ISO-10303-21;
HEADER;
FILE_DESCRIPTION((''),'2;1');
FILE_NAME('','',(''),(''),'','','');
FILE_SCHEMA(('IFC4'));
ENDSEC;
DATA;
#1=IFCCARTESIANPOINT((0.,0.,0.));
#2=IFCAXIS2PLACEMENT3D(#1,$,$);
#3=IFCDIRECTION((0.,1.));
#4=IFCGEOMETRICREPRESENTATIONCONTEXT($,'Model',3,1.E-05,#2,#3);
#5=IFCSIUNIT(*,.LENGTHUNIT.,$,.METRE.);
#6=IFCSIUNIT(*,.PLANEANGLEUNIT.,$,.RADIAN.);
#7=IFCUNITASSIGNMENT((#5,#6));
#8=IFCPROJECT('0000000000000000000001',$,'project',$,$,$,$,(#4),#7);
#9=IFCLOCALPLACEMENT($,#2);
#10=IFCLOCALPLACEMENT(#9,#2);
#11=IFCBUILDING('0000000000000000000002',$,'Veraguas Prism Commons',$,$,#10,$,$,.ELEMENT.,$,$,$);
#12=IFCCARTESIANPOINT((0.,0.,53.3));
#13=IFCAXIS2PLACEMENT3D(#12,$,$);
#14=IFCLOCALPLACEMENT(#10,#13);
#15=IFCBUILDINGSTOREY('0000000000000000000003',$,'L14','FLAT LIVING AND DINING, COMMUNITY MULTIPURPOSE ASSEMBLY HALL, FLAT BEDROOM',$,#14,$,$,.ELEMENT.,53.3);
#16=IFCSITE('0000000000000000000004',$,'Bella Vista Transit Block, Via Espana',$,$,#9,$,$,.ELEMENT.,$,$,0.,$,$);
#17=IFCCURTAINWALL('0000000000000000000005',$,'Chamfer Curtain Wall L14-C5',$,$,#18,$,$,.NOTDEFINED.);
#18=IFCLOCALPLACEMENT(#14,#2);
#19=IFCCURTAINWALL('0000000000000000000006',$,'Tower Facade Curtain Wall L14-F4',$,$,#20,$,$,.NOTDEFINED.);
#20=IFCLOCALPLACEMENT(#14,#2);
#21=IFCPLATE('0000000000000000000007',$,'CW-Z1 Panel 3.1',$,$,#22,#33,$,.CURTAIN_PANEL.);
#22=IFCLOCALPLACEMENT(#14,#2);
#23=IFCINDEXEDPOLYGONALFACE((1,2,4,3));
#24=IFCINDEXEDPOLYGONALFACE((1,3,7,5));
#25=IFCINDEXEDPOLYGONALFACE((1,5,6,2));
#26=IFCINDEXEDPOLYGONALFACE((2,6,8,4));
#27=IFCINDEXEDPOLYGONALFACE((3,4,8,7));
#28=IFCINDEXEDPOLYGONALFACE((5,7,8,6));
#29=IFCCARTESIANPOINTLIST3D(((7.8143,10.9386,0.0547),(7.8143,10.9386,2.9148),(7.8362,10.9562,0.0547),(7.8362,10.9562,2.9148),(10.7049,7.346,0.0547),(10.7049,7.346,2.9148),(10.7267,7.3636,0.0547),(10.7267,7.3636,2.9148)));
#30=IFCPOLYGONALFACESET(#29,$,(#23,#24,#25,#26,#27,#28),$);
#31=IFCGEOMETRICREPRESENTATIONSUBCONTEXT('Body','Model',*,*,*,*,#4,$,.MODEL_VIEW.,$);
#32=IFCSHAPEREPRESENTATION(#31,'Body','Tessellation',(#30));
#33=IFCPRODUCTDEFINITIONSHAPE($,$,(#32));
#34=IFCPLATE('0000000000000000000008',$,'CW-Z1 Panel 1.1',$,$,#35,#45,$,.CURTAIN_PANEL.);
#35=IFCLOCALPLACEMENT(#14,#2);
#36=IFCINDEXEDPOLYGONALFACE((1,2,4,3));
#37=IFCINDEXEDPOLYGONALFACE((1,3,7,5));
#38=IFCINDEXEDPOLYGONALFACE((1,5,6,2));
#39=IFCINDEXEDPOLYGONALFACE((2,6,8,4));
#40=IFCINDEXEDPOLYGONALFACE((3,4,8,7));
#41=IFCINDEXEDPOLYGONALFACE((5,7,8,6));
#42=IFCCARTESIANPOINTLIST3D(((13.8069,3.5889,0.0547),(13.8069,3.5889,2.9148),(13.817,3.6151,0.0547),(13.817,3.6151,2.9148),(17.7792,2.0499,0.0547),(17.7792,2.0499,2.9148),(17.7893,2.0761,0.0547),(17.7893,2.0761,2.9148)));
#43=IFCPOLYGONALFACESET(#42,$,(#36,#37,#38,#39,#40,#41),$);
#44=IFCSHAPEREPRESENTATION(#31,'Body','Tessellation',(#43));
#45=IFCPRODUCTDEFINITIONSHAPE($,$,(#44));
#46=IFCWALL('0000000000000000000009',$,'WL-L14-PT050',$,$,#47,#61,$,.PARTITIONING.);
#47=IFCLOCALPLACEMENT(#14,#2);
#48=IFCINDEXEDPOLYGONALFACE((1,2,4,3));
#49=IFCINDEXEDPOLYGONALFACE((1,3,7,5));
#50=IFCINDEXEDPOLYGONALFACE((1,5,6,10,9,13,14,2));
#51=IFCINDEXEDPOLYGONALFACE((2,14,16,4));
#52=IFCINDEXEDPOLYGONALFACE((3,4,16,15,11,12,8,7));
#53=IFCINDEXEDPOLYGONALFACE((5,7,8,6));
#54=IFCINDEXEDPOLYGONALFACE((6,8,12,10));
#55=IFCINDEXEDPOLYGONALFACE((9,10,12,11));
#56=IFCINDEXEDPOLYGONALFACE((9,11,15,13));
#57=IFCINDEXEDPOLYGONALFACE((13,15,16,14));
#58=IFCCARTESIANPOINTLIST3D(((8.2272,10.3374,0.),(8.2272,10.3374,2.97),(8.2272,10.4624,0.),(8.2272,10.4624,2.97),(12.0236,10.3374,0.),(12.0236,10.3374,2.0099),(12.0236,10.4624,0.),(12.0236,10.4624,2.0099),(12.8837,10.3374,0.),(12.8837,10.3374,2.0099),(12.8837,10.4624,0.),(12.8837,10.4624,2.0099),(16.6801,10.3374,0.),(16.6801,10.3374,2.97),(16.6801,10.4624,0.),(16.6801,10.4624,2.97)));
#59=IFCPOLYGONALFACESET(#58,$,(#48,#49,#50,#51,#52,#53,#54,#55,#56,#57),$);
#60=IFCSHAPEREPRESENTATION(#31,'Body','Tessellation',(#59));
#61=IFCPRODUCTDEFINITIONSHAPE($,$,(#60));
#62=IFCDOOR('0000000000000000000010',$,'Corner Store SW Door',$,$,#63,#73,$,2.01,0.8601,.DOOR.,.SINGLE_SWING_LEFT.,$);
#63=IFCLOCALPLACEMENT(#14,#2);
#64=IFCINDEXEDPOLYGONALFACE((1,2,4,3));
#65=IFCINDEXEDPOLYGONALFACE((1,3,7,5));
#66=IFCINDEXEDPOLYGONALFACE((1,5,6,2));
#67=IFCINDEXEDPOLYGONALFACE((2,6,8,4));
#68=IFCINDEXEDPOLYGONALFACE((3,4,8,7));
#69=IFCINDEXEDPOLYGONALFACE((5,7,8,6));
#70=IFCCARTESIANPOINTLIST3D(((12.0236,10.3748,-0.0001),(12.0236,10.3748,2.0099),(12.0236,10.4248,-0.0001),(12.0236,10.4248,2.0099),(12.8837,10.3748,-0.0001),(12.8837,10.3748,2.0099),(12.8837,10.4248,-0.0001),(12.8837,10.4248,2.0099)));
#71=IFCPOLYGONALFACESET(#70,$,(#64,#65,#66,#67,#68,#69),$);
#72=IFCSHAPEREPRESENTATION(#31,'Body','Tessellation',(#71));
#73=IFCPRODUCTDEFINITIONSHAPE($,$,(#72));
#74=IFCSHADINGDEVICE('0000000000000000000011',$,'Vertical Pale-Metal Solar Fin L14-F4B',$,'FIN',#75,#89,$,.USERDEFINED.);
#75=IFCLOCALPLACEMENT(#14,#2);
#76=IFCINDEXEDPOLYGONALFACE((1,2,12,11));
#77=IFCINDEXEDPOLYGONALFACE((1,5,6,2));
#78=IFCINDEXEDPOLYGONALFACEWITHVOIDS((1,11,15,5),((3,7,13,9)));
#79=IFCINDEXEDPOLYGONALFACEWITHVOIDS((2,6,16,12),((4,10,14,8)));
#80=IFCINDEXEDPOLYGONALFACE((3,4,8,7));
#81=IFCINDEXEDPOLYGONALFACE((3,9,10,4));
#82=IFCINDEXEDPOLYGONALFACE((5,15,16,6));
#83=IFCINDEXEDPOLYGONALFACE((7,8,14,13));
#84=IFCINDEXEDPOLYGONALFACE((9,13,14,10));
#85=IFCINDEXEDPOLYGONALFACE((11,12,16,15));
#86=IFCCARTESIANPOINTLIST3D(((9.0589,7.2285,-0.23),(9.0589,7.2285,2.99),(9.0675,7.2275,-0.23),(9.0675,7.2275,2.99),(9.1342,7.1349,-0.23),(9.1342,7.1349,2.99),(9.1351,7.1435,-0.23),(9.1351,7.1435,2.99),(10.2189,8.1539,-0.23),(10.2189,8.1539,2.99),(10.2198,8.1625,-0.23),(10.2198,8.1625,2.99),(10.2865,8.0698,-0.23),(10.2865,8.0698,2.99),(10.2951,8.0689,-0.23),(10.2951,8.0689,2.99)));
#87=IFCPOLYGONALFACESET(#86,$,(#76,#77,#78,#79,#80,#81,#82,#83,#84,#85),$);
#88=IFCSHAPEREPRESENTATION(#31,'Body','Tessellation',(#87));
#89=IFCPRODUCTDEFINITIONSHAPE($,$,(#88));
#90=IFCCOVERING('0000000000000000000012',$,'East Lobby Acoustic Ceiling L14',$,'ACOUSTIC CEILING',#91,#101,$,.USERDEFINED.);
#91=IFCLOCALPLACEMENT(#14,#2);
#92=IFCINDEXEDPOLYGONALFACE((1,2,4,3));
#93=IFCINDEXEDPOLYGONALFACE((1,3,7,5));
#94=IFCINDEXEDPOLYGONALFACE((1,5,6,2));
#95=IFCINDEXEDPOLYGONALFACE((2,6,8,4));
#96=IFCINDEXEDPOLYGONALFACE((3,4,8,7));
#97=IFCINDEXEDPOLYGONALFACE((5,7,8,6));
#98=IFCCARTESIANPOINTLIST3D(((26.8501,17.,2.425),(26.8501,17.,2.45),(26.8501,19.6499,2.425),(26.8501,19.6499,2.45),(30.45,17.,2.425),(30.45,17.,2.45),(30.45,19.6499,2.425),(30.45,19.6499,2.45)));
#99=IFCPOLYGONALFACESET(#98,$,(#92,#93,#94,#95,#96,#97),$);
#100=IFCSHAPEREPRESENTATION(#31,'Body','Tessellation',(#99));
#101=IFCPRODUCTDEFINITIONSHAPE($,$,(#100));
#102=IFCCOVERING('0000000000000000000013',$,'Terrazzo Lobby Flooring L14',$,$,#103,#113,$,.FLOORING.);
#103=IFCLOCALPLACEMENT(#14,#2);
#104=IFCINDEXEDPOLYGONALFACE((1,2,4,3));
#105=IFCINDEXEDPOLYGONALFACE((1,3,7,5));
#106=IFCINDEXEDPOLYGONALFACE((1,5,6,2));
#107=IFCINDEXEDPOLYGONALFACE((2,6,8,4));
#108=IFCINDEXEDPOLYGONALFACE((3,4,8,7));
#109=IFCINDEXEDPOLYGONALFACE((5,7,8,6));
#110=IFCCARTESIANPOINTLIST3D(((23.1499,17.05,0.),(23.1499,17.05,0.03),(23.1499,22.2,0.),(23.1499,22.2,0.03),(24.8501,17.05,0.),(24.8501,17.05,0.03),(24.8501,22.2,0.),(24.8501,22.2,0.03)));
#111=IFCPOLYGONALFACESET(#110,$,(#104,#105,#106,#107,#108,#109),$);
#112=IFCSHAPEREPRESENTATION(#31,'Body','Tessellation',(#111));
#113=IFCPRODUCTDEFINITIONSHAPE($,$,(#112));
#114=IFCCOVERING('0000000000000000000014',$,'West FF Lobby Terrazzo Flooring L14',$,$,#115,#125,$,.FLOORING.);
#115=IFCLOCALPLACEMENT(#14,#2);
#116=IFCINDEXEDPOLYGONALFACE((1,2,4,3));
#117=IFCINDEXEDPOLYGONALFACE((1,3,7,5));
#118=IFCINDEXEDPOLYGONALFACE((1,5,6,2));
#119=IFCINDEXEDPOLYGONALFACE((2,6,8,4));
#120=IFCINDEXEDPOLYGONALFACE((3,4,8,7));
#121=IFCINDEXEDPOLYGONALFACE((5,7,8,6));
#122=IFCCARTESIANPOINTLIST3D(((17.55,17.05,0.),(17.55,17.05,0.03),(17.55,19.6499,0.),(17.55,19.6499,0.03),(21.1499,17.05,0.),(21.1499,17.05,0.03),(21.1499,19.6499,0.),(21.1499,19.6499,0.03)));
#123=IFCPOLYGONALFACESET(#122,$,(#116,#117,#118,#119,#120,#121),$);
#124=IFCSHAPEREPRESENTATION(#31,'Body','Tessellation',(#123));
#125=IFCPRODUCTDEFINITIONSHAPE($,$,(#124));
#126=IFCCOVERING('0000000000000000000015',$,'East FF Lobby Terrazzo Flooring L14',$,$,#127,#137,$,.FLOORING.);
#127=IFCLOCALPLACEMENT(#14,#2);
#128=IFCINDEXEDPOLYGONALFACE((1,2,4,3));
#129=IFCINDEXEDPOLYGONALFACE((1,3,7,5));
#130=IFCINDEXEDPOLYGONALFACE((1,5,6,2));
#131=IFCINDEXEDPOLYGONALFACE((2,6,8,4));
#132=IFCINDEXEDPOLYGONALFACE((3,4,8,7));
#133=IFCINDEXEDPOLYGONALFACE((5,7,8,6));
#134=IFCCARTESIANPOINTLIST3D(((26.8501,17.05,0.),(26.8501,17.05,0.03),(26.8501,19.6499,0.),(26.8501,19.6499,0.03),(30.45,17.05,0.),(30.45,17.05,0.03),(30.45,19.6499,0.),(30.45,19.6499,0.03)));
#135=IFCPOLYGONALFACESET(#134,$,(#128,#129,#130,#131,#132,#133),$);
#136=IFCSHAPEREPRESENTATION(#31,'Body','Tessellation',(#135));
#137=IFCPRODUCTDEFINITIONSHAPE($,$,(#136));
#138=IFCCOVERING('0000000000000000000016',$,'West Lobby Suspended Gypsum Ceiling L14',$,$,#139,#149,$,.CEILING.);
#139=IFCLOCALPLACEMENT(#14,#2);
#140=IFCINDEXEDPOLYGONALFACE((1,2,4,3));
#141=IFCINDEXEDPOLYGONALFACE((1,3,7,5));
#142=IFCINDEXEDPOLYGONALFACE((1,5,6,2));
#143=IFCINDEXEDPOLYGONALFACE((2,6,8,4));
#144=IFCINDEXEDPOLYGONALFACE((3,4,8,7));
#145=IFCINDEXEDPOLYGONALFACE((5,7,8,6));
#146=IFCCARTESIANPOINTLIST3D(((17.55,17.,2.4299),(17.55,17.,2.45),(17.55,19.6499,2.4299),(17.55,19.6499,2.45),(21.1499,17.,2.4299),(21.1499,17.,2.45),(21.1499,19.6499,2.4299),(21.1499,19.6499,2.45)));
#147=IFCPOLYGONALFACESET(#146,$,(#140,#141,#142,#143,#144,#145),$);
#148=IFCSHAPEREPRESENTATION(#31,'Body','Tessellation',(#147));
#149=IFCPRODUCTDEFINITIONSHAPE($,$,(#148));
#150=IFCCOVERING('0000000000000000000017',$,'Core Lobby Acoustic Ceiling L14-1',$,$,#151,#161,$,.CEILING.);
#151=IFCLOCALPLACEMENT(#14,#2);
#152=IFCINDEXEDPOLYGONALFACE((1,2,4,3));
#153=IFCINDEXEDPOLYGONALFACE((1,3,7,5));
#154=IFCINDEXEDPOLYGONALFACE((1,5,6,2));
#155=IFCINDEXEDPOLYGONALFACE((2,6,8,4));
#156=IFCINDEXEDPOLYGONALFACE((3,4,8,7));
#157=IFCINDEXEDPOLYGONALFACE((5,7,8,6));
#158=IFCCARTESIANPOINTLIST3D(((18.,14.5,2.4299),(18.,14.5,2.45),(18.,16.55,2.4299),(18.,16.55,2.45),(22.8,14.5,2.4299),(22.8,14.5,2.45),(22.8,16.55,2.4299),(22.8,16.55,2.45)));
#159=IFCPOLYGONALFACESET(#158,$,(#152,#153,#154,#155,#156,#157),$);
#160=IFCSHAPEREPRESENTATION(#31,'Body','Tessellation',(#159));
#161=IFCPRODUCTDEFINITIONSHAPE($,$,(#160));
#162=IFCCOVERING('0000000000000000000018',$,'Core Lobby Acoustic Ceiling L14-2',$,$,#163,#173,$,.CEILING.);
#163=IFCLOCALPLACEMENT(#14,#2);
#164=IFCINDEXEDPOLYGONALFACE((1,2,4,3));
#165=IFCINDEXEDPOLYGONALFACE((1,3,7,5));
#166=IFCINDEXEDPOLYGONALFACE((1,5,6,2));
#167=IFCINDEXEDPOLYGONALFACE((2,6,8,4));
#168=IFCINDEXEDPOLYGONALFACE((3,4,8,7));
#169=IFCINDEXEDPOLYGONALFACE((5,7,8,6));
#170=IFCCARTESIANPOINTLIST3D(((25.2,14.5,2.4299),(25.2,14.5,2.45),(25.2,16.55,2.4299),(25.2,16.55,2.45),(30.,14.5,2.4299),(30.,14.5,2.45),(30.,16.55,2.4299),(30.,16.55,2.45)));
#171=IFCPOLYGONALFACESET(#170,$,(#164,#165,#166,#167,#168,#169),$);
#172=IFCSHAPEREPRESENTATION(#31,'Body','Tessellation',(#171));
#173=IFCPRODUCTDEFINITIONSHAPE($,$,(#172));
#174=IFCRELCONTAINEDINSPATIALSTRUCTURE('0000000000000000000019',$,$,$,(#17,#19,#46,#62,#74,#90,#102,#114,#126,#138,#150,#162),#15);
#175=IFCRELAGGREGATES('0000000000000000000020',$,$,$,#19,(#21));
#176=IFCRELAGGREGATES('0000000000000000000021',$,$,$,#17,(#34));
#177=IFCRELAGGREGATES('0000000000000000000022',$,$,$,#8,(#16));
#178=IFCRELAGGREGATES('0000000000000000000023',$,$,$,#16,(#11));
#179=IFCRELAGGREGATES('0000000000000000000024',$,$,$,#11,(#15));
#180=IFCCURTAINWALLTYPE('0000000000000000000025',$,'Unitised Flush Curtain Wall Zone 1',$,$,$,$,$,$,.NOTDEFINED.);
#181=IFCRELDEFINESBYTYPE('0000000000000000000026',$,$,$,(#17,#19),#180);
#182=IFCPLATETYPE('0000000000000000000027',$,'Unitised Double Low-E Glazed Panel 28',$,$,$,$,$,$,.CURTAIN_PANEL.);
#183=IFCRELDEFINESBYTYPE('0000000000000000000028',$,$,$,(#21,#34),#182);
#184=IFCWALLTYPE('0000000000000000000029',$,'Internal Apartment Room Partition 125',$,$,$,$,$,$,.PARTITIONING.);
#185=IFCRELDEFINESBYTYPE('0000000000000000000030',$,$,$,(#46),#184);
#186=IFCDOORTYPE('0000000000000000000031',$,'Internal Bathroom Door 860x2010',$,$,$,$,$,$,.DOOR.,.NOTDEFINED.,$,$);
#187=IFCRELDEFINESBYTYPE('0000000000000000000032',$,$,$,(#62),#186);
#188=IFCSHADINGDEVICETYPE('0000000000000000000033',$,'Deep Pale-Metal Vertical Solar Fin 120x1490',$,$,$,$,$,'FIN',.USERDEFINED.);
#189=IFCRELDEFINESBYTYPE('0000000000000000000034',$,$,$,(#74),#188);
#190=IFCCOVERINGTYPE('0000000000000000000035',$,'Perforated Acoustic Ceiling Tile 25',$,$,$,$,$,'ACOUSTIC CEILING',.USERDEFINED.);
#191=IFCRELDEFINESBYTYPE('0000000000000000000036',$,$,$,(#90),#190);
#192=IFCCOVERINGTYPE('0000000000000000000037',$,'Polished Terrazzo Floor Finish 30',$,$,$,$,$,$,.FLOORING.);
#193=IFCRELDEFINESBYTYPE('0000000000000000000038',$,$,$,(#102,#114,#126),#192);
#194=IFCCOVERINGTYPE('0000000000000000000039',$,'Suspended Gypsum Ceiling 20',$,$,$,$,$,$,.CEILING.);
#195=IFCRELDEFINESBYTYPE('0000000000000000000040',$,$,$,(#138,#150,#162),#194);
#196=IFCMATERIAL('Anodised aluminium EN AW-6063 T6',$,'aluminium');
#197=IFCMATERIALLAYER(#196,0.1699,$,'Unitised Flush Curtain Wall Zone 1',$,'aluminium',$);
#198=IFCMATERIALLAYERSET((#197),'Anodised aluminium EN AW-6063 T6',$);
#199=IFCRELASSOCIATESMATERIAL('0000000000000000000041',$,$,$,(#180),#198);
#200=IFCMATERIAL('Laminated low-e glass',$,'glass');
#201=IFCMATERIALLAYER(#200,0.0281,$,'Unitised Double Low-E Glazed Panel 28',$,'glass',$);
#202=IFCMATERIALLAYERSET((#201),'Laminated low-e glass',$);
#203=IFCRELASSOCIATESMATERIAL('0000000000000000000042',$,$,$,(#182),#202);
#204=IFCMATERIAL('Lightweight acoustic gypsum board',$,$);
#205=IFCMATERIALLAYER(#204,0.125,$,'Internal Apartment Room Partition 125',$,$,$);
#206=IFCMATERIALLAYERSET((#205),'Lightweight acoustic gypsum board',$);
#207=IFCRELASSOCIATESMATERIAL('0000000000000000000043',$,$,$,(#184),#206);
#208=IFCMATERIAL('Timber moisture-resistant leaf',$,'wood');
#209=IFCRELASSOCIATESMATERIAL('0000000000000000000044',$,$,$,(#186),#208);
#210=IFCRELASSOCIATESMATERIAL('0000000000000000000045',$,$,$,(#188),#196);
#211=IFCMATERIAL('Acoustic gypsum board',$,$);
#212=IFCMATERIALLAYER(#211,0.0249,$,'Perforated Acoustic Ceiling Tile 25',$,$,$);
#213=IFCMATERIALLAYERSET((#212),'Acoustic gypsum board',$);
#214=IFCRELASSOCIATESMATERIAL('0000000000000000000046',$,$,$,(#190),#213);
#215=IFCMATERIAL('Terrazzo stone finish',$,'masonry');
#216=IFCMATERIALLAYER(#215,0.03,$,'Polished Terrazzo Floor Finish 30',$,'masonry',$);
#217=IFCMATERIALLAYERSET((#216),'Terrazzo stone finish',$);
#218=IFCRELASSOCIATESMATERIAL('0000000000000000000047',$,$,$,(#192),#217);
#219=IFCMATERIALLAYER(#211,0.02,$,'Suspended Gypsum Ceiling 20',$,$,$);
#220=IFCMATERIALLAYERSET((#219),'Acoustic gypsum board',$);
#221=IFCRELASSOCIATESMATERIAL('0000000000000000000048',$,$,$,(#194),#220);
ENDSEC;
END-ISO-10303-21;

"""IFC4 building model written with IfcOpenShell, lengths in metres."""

from ifc_helpers import new_model, si_unit, direction, frame, frame_2d, origin, origin_2d, place, context, subcontext, project, spatial, polyline, rectangle, hollow_rectangle, outline, extrude, source, transform, mapped, material, layer, layer_set, material_profile, profile_set, type_object, element, fill, aggregate, save


model = new_model("IFC4")

# Units and contexts
model_context = context("Model", 3, precision=1e-05, world=origin(), true_north=direction((0.0, 1.0)))
body_context = subcontext(model_context, "Body", "Model", "MODEL_VIEW")
ifc_project = project(units=[si_unit("LENGTHUNIT", "METRE"), si_unit("PLANEANGLEUNIT", "RADIAN")], contexts=[model_context])

# Site, building, storey
site_placement = place(None, origin())
site = spatial("IfcSite", under=ifc_project, at=site_placement, Name="Bella Vista Transit Block, Via Espana", CompositionType="ELEMENT", RefElevation=0.0)
building_placement = place(site_placement, origin())
building = spatial("IfcBuilding", under=site, at=building_placement, Name="Veraguas Prism Commons", CompositionType="ELEMENT")
storey_placement = place(building_placement, frame((0.0, 0.0, 53.3)))
storey = spatial("IfcBuildingStorey", under=building, at=storey_placement, Name="L14", Description="FLAT LIVING AND DINING, COMMUNITY MULTIPURPOSE ASSEMBLY HALL, FLAT BEDROOM", CompositionType="ELEMENT", Elevation=53.3)

# Curtain walls
ifc_material_1 = material(Name="Anodised aluminium EN AW-6063 T6", Category="aluminium")
ifc_layer_1 = layer(ifc_material_1, 0.1699, Name="Unitised Flush Curtain Wall Zone 1", Category="aluminium")
ifc_layer_set_1 = layer_set([ifc_layer_1], Name="Anodised aluminium EN AW-6063 T6")
curtain_wall_type = type_object("IfcCurtainWallType", Name="Unitised Flush Curtain Wall Zone 1", PredefinedType="NOTDEFINED", material=ifc_layer_set_1)
curtain_wall_1_placement = place(storey_placement, origin())
curtain_wall_1 = element("IfcCurtainWall", 1, at=curtain_wall_1_placement, inside=storey, type_object=curtain_wall_type, Name="Chamfer Curtain Wall L14-C5", PredefinedType="NOTDEFINED")
curtain_wall_2_placement = place(storey_placement, origin())
curtain_wall_2 = element("IfcCurtainWall", 2, at=curtain_wall_2_placement, inside=storey, type_object=curtain_wall_type, Name="Tower Facade Curtain Wall L14-F4", PredefinedType="NOTDEFINED")

# Plates
ifc_material_2 = material(Name="Laminated low-e glass", Category="glass")
ifc_layer_2 = layer(ifc_material_2, 0.0281, Name="Unitised Double Low-E Glazed Panel 28", Category="glass")
ifc_layer_set_2 = layer_set([ifc_layer_2], Name="Laminated low-e glass")
plate_type = type_object("IfcPlateType", Name="Unitised Double Low-E Glazed Panel 28", PredefinedType="CURTAIN_PANEL", material=ifc_layer_set_2)
shared_shape_1 = source(origin(), body_context, "Body", "SweptSolid", [
    extrude(rectangle(XDim=4.6111, YDim=0.0281, at=origin_2d()), origin(), (0.0, 0.0, 1.0), 2.8601),
])
plate_1_placement = place(storey_placement, frame((9.2705, 9.1511, 0.0547), z_axis=(0.0, 0.0, 1.0), x_axis=(0.626873, -0.779121, 0.0)))
plate_1 = element("IfcPlate", 3, at=plate_1_placement, type_object=plate_type, Name="CW-Z1 Panel 3.1", PredefinedType="CURTAIN_PANEL", context=body_context, shape_type="MappedRepresentation", body=[
    mapped(shared_shape_1, transform((0.0, 0.0, 0.0), scale=1.0)),
])
aggregate(curtain_wall_2, [plate_1])
shared_shape_2 = source(origin(), body_context, "Body", "SweptSolid", [
    extrude(rectangle(XDim=4.26, YDim=0.0281, at=origin_2d()), origin(), (0.0, 0.0, 1.0), 2.8601),
])
plate_2_placement = place(storey_placement, frame((15.7981, 2.8325, 0.0547), z_axis=(0.0, 0.0, 1.0), x_axis=(0.932459, -0.361276, 0.0)))
plate_2 = element("IfcPlate", 4, at=plate_2_placement, type_object=plate_type, Name="CW-Z1 Panel 1.1", PredefinedType="CURTAIN_PANEL", context=body_context, shape_type="MappedRepresentation", body=[
    mapped(shared_shape_2, transform((0.0, 0.0, 0.0), scale=1.0)),
])
aggregate(curtain_wall_1, [plate_2])

# Wall, opening, door
ifc_material_3 = material(Name="Lightweight acoustic gypsum board")
ifc_layer_3 = layer(ifc_material_3, 0.125, Name="Internal Apartment Room Partition 125")
ifc_layer_set_3 = layer_set([ifc_layer_3], Name="Lightweight acoustic gypsum board")
wall_type = type_object("IfcWallType", Name="Internal Apartment Room Partition 125", PredefinedType="PARTITIONING", material=ifc_layer_set_3)
wall_placement = place(storey_placement, frame((8.2271, 10.3999, 0.0), z_axis=(0.0, 0.0, 1.0), x_axis=(1.0, 0.0, 0.0)))
wall = element("IfcWall", 5, at=wall_placement, inside=storey, type_object=wall_type, Name="WL-L14-PT050", PredefinedType="PARTITIONING", context=body_context, shape_type="SweptSolid", body=[
    extrude(rectangle(XDim=8.4529, YDim=0.125, at=frame_2d((4.2266, 0.0))), origin(), (0.0, 0.0, 1.0), 2.97),
])
opening_placement = place(wall_placement, frame((3.7964, 0.0, 0.0)))
opening = element("IfcOpeningElement", 6, at=opening_placement, cuts=wall, PredefinedType="OPENING", context=body_context, shape_type="SweptSolid", body=[
    extrude(rectangle(XDim=0.8601, YDim=2.01, at=frame_2d((0.4302, 1.0049))), frame((0.0, 0.0725, 0.0), z_axis=(0.0, -1.0, 0.0), x_axis=(1.0, 0.0, 0.0)), (0.0, 0.0, 1.0), 0.145),
])
ifc_material_4 = material(Name="Timber moisture-resistant leaf", Category="wood")
door_type = type_object("IfcDoorType", Name="Internal Bathroom Door 860x2010", OperationType="NOTDEFINED", PredefinedType="DOOR", material=ifc_material_4)
shared_shape_3 = source(origin(), body_context, "Body", "SweptSolid", [
    extrude(rectangle(XDim=0.8601, YDim=2.01, at=frame_2d((0.4302, 1.0049))), frame((0.0, 0.0249, 0.0), z_axis=(0.0, -1.0, 0.0), x_axis=(1.0, 0.0, 0.0)), (0.0, 0.0, 1.0), 0.05),
])
door_placement = place(opening_placement, origin())
door = element("IfcDoor", 7, at=door_placement, inside=storey, type_object=door_type, Name="Corner Store SW Door", OperationType="SINGLE_SWING_LEFT", OverallHeight=2.01, OverallWidth=0.8601, PredefinedType="DOOR", context=body_context, shape_type="MappedRepresentation", body=[
    mapped(shared_shape_3, transform((0.0, 0.0, 0.0), scale=1.0)),
])
fill(opening, door)

# Shading device
ifc_material_profile_1 = material_profile(ifc_material_1, hollow_rectangle(XDim=0.1201, YDim=1.49, WallThickness=0.0061, at=origin_2d()), Name="FIN120X1490X6")
ifc_profile_set_1 = profile_set([ifc_material_profile_1], Name="Anodised aluminium EN AW-6063 T6")
shading_device_type = type_object("IfcShadingDeviceType", Name="Deep Pale-Metal Vertical Solar Fin 120x1490", ElementType="FIN", PredefinedType="USERDEFINED", material=ifc_profile_set_1)
shading_device_placement = place(storey_placement, frame((9.677, 7.6487, -0.23), z_axis=(0.0, 0.0, 1.0), x_axis=(0.626874, -0.77912, 0.0)))
element("IfcShadingDevice", 8, at=shading_device_placement, inside=storey, type_object=shading_device_type, Name="Vertical Pale-Metal Solar Fin L14-F4B", ObjectType="FIN", PredefinedType="USERDEFINED", context=body_context, shape_type="SweptSolid", body=[
    extrude(hollow_rectangle(XDim=0.1201, YDim=1.49, WallThickness=0.0061, at=origin_2d()), origin(), (0.0, 0.0, 1.0), 3.22),
])

# Coverings
ifc_material_5 = material(Name="Acoustic gypsum board")
ifc_layer_4 = layer(ifc_material_5, 0.0249, Name="Perforated Acoustic Ceiling Tile 25")
ifc_layer_set_4 = layer_set([ifc_layer_4], Name="Acoustic gypsum board")
covering_type_1 = type_object("IfcCoveringType", Name="Perforated Acoustic Ceiling Tile 25", ElementType="ACOUSTIC CEILING", PredefinedType="USERDEFINED", material=ifc_layer_set_4)
covering_1_placement = place(storey_placement, frame((0.0, 0.0, 2.425)))
element("IfcCovering", 9, at=covering_1_placement, inside=storey, type_object=covering_type_1, Name="East Lobby Acoustic Ceiling L14", ObjectType="ACOUSTIC CEILING", PredefinedType="USERDEFINED", context=body_context, shape_type="SweptSolid", body=[
    extrude(outline(polyline([(26.8501, 17.0), (30.45, 17.0), (30.45, 19.6499), (26.8501, 19.6499), (26.8501, 17.0)])), origin(), (0.0, 0.0, 1.0), 0.0249),
])
ifc_material_6 = material(Name="Terrazzo stone finish", Category="masonry")
ifc_layer_5 = layer(ifc_material_6, 0.03, Name="Polished Terrazzo Floor Finish 30", Category="masonry")
ifc_layer_set_5 = layer_set([ifc_layer_5], Name="Terrazzo stone finish")
covering_type_2 = type_object("IfcCoveringType", Name="Polished Terrazzo Floor Finish 30", PredefinedType="FLOORING", material=ifc_layer_set_5)
covering_2_placement = place(storey_placement, origin())
element("IfcCovering", 10, at=covering_2_placement, inside=storey, type_object=covering_type_2, Name="Terrazzo Lobby Flooring L14", PredefinedType="FLOORING", context=body_context, shape_type="SweptSolid", body=[
    extrude(outline(polyline([(23.1499, 17.05), (24.8501, 17.05), (24.8501, 22.2), (23.1499, 22.2), (23.1499, 17.05)])), origin(), (0.0, 0.0, 1.0), 0.03),
])
covering_3_placement = place(storey_placement, origin())
element("IfcCovering", 11, at=covering_3_placement, inside=storey, type_object=covering_type_2, Name="West FF Lobby Terrazzo Flooring L14", PredefinedType="FLOORING", context=body_context, shape_type="SweptSolid", body=[
    extrude(outline(polyline([(17.55, 17.05), (21.1499, 17.05), (21.1499, 19.6499), (17.55, 19.6499), (17.55, 17.05)])), origin(), (0.0, 0.0, 1.0), 0.03),
])
covering_4_placement = place(storey_placement, origin())
element("IfcCovering", 12, at=covering_4_placement, inside=storey, type_object=covering_type_2, Name="East FF Lobby Terrazzo Flooring L14", PredefinedType="FLOORING", context=body_context, shape_type="SweptSolid", body=[
    extrude(outline(polyline([(26.8501, 17.05), (30.45, 17.05), (30.45, 19.6499), (26.8501, 19.6499), (26.8501, 17.05)])), origin(), (0.0, 0.0, 1.0), 0.03),
])
ifc_layer_6 = layer(ifc_material_5, 0.02, Name="Suspended Gypsum Ceiling 20")
ifc_layer_set_6 = layer_set([ifc_layer_6], Name="Acoustic gypsum board")
covering_type_3 = type_object("IfcCoveringType", Name="Suspended Gypsum Ceiling 20", PredefinedType="CEILING", material=ifc_layer_set_6)
covering_5_placement = place(storey_placement, frame((0.0, 0.0, 2.4299)))
element("IfcCovering", 13, at=covering_5_placement, inside=storey, type_object=covering_type_3, Name="West Lobby Suspended Gypsum Ceiling L14", PredefinedType="CEILING", context=body_context, shape_type="SweptSolid", body=[
    extrude(outline(polyline([(17.55, 17.0), (21.1499, 17.0), (21.1499, 19.6499), (17.55, 19.6499), (17.55, 17.0)])), origin(), (0.0, 0.0, 1.0), 0.02),
])
covering_6_placement = place(storey_placement, frame((0.0, 0.0, 2.4299)))
element("IfcCovering", 14, at=covering_6_placement, inside=storey, type_object=covering_type_3, Name="Core Lobby Acoustic Ceiling L14-1", PredefinedType="CEILING", context=body_context, shape_type="SweptSolid", body=[
    extrude(outline(polyline([(18.0, 14.5), (22.8, 14.5), (22.8, 16.55), (18.0, 16.55), (18.0, 14.5)])), origin(), (0.0, 0.0, 1.0), 0.02),
])
covering_7_placement = place(storey_placement, frame((0.0, 0.0, 2.4299)))
element("IfcCovering", 15, at=covering_7_placement, inside=storey, type_object=covering_type_3, Name="Core Lobby Acoustic Ceiling L14-2", PredefinedType="CEILING", context=body_context, shape_type="SweptSolid", body=[
    extrude(outline(polyline([(25.2, 14.5), (30.0, 14.5), (30.0, 16.55), (25.2, 16.55), (25.2, 14.5)])), origin(), (0.0, 0.0, 1.0), 0.02),
])

save(model, "model.ifc")
